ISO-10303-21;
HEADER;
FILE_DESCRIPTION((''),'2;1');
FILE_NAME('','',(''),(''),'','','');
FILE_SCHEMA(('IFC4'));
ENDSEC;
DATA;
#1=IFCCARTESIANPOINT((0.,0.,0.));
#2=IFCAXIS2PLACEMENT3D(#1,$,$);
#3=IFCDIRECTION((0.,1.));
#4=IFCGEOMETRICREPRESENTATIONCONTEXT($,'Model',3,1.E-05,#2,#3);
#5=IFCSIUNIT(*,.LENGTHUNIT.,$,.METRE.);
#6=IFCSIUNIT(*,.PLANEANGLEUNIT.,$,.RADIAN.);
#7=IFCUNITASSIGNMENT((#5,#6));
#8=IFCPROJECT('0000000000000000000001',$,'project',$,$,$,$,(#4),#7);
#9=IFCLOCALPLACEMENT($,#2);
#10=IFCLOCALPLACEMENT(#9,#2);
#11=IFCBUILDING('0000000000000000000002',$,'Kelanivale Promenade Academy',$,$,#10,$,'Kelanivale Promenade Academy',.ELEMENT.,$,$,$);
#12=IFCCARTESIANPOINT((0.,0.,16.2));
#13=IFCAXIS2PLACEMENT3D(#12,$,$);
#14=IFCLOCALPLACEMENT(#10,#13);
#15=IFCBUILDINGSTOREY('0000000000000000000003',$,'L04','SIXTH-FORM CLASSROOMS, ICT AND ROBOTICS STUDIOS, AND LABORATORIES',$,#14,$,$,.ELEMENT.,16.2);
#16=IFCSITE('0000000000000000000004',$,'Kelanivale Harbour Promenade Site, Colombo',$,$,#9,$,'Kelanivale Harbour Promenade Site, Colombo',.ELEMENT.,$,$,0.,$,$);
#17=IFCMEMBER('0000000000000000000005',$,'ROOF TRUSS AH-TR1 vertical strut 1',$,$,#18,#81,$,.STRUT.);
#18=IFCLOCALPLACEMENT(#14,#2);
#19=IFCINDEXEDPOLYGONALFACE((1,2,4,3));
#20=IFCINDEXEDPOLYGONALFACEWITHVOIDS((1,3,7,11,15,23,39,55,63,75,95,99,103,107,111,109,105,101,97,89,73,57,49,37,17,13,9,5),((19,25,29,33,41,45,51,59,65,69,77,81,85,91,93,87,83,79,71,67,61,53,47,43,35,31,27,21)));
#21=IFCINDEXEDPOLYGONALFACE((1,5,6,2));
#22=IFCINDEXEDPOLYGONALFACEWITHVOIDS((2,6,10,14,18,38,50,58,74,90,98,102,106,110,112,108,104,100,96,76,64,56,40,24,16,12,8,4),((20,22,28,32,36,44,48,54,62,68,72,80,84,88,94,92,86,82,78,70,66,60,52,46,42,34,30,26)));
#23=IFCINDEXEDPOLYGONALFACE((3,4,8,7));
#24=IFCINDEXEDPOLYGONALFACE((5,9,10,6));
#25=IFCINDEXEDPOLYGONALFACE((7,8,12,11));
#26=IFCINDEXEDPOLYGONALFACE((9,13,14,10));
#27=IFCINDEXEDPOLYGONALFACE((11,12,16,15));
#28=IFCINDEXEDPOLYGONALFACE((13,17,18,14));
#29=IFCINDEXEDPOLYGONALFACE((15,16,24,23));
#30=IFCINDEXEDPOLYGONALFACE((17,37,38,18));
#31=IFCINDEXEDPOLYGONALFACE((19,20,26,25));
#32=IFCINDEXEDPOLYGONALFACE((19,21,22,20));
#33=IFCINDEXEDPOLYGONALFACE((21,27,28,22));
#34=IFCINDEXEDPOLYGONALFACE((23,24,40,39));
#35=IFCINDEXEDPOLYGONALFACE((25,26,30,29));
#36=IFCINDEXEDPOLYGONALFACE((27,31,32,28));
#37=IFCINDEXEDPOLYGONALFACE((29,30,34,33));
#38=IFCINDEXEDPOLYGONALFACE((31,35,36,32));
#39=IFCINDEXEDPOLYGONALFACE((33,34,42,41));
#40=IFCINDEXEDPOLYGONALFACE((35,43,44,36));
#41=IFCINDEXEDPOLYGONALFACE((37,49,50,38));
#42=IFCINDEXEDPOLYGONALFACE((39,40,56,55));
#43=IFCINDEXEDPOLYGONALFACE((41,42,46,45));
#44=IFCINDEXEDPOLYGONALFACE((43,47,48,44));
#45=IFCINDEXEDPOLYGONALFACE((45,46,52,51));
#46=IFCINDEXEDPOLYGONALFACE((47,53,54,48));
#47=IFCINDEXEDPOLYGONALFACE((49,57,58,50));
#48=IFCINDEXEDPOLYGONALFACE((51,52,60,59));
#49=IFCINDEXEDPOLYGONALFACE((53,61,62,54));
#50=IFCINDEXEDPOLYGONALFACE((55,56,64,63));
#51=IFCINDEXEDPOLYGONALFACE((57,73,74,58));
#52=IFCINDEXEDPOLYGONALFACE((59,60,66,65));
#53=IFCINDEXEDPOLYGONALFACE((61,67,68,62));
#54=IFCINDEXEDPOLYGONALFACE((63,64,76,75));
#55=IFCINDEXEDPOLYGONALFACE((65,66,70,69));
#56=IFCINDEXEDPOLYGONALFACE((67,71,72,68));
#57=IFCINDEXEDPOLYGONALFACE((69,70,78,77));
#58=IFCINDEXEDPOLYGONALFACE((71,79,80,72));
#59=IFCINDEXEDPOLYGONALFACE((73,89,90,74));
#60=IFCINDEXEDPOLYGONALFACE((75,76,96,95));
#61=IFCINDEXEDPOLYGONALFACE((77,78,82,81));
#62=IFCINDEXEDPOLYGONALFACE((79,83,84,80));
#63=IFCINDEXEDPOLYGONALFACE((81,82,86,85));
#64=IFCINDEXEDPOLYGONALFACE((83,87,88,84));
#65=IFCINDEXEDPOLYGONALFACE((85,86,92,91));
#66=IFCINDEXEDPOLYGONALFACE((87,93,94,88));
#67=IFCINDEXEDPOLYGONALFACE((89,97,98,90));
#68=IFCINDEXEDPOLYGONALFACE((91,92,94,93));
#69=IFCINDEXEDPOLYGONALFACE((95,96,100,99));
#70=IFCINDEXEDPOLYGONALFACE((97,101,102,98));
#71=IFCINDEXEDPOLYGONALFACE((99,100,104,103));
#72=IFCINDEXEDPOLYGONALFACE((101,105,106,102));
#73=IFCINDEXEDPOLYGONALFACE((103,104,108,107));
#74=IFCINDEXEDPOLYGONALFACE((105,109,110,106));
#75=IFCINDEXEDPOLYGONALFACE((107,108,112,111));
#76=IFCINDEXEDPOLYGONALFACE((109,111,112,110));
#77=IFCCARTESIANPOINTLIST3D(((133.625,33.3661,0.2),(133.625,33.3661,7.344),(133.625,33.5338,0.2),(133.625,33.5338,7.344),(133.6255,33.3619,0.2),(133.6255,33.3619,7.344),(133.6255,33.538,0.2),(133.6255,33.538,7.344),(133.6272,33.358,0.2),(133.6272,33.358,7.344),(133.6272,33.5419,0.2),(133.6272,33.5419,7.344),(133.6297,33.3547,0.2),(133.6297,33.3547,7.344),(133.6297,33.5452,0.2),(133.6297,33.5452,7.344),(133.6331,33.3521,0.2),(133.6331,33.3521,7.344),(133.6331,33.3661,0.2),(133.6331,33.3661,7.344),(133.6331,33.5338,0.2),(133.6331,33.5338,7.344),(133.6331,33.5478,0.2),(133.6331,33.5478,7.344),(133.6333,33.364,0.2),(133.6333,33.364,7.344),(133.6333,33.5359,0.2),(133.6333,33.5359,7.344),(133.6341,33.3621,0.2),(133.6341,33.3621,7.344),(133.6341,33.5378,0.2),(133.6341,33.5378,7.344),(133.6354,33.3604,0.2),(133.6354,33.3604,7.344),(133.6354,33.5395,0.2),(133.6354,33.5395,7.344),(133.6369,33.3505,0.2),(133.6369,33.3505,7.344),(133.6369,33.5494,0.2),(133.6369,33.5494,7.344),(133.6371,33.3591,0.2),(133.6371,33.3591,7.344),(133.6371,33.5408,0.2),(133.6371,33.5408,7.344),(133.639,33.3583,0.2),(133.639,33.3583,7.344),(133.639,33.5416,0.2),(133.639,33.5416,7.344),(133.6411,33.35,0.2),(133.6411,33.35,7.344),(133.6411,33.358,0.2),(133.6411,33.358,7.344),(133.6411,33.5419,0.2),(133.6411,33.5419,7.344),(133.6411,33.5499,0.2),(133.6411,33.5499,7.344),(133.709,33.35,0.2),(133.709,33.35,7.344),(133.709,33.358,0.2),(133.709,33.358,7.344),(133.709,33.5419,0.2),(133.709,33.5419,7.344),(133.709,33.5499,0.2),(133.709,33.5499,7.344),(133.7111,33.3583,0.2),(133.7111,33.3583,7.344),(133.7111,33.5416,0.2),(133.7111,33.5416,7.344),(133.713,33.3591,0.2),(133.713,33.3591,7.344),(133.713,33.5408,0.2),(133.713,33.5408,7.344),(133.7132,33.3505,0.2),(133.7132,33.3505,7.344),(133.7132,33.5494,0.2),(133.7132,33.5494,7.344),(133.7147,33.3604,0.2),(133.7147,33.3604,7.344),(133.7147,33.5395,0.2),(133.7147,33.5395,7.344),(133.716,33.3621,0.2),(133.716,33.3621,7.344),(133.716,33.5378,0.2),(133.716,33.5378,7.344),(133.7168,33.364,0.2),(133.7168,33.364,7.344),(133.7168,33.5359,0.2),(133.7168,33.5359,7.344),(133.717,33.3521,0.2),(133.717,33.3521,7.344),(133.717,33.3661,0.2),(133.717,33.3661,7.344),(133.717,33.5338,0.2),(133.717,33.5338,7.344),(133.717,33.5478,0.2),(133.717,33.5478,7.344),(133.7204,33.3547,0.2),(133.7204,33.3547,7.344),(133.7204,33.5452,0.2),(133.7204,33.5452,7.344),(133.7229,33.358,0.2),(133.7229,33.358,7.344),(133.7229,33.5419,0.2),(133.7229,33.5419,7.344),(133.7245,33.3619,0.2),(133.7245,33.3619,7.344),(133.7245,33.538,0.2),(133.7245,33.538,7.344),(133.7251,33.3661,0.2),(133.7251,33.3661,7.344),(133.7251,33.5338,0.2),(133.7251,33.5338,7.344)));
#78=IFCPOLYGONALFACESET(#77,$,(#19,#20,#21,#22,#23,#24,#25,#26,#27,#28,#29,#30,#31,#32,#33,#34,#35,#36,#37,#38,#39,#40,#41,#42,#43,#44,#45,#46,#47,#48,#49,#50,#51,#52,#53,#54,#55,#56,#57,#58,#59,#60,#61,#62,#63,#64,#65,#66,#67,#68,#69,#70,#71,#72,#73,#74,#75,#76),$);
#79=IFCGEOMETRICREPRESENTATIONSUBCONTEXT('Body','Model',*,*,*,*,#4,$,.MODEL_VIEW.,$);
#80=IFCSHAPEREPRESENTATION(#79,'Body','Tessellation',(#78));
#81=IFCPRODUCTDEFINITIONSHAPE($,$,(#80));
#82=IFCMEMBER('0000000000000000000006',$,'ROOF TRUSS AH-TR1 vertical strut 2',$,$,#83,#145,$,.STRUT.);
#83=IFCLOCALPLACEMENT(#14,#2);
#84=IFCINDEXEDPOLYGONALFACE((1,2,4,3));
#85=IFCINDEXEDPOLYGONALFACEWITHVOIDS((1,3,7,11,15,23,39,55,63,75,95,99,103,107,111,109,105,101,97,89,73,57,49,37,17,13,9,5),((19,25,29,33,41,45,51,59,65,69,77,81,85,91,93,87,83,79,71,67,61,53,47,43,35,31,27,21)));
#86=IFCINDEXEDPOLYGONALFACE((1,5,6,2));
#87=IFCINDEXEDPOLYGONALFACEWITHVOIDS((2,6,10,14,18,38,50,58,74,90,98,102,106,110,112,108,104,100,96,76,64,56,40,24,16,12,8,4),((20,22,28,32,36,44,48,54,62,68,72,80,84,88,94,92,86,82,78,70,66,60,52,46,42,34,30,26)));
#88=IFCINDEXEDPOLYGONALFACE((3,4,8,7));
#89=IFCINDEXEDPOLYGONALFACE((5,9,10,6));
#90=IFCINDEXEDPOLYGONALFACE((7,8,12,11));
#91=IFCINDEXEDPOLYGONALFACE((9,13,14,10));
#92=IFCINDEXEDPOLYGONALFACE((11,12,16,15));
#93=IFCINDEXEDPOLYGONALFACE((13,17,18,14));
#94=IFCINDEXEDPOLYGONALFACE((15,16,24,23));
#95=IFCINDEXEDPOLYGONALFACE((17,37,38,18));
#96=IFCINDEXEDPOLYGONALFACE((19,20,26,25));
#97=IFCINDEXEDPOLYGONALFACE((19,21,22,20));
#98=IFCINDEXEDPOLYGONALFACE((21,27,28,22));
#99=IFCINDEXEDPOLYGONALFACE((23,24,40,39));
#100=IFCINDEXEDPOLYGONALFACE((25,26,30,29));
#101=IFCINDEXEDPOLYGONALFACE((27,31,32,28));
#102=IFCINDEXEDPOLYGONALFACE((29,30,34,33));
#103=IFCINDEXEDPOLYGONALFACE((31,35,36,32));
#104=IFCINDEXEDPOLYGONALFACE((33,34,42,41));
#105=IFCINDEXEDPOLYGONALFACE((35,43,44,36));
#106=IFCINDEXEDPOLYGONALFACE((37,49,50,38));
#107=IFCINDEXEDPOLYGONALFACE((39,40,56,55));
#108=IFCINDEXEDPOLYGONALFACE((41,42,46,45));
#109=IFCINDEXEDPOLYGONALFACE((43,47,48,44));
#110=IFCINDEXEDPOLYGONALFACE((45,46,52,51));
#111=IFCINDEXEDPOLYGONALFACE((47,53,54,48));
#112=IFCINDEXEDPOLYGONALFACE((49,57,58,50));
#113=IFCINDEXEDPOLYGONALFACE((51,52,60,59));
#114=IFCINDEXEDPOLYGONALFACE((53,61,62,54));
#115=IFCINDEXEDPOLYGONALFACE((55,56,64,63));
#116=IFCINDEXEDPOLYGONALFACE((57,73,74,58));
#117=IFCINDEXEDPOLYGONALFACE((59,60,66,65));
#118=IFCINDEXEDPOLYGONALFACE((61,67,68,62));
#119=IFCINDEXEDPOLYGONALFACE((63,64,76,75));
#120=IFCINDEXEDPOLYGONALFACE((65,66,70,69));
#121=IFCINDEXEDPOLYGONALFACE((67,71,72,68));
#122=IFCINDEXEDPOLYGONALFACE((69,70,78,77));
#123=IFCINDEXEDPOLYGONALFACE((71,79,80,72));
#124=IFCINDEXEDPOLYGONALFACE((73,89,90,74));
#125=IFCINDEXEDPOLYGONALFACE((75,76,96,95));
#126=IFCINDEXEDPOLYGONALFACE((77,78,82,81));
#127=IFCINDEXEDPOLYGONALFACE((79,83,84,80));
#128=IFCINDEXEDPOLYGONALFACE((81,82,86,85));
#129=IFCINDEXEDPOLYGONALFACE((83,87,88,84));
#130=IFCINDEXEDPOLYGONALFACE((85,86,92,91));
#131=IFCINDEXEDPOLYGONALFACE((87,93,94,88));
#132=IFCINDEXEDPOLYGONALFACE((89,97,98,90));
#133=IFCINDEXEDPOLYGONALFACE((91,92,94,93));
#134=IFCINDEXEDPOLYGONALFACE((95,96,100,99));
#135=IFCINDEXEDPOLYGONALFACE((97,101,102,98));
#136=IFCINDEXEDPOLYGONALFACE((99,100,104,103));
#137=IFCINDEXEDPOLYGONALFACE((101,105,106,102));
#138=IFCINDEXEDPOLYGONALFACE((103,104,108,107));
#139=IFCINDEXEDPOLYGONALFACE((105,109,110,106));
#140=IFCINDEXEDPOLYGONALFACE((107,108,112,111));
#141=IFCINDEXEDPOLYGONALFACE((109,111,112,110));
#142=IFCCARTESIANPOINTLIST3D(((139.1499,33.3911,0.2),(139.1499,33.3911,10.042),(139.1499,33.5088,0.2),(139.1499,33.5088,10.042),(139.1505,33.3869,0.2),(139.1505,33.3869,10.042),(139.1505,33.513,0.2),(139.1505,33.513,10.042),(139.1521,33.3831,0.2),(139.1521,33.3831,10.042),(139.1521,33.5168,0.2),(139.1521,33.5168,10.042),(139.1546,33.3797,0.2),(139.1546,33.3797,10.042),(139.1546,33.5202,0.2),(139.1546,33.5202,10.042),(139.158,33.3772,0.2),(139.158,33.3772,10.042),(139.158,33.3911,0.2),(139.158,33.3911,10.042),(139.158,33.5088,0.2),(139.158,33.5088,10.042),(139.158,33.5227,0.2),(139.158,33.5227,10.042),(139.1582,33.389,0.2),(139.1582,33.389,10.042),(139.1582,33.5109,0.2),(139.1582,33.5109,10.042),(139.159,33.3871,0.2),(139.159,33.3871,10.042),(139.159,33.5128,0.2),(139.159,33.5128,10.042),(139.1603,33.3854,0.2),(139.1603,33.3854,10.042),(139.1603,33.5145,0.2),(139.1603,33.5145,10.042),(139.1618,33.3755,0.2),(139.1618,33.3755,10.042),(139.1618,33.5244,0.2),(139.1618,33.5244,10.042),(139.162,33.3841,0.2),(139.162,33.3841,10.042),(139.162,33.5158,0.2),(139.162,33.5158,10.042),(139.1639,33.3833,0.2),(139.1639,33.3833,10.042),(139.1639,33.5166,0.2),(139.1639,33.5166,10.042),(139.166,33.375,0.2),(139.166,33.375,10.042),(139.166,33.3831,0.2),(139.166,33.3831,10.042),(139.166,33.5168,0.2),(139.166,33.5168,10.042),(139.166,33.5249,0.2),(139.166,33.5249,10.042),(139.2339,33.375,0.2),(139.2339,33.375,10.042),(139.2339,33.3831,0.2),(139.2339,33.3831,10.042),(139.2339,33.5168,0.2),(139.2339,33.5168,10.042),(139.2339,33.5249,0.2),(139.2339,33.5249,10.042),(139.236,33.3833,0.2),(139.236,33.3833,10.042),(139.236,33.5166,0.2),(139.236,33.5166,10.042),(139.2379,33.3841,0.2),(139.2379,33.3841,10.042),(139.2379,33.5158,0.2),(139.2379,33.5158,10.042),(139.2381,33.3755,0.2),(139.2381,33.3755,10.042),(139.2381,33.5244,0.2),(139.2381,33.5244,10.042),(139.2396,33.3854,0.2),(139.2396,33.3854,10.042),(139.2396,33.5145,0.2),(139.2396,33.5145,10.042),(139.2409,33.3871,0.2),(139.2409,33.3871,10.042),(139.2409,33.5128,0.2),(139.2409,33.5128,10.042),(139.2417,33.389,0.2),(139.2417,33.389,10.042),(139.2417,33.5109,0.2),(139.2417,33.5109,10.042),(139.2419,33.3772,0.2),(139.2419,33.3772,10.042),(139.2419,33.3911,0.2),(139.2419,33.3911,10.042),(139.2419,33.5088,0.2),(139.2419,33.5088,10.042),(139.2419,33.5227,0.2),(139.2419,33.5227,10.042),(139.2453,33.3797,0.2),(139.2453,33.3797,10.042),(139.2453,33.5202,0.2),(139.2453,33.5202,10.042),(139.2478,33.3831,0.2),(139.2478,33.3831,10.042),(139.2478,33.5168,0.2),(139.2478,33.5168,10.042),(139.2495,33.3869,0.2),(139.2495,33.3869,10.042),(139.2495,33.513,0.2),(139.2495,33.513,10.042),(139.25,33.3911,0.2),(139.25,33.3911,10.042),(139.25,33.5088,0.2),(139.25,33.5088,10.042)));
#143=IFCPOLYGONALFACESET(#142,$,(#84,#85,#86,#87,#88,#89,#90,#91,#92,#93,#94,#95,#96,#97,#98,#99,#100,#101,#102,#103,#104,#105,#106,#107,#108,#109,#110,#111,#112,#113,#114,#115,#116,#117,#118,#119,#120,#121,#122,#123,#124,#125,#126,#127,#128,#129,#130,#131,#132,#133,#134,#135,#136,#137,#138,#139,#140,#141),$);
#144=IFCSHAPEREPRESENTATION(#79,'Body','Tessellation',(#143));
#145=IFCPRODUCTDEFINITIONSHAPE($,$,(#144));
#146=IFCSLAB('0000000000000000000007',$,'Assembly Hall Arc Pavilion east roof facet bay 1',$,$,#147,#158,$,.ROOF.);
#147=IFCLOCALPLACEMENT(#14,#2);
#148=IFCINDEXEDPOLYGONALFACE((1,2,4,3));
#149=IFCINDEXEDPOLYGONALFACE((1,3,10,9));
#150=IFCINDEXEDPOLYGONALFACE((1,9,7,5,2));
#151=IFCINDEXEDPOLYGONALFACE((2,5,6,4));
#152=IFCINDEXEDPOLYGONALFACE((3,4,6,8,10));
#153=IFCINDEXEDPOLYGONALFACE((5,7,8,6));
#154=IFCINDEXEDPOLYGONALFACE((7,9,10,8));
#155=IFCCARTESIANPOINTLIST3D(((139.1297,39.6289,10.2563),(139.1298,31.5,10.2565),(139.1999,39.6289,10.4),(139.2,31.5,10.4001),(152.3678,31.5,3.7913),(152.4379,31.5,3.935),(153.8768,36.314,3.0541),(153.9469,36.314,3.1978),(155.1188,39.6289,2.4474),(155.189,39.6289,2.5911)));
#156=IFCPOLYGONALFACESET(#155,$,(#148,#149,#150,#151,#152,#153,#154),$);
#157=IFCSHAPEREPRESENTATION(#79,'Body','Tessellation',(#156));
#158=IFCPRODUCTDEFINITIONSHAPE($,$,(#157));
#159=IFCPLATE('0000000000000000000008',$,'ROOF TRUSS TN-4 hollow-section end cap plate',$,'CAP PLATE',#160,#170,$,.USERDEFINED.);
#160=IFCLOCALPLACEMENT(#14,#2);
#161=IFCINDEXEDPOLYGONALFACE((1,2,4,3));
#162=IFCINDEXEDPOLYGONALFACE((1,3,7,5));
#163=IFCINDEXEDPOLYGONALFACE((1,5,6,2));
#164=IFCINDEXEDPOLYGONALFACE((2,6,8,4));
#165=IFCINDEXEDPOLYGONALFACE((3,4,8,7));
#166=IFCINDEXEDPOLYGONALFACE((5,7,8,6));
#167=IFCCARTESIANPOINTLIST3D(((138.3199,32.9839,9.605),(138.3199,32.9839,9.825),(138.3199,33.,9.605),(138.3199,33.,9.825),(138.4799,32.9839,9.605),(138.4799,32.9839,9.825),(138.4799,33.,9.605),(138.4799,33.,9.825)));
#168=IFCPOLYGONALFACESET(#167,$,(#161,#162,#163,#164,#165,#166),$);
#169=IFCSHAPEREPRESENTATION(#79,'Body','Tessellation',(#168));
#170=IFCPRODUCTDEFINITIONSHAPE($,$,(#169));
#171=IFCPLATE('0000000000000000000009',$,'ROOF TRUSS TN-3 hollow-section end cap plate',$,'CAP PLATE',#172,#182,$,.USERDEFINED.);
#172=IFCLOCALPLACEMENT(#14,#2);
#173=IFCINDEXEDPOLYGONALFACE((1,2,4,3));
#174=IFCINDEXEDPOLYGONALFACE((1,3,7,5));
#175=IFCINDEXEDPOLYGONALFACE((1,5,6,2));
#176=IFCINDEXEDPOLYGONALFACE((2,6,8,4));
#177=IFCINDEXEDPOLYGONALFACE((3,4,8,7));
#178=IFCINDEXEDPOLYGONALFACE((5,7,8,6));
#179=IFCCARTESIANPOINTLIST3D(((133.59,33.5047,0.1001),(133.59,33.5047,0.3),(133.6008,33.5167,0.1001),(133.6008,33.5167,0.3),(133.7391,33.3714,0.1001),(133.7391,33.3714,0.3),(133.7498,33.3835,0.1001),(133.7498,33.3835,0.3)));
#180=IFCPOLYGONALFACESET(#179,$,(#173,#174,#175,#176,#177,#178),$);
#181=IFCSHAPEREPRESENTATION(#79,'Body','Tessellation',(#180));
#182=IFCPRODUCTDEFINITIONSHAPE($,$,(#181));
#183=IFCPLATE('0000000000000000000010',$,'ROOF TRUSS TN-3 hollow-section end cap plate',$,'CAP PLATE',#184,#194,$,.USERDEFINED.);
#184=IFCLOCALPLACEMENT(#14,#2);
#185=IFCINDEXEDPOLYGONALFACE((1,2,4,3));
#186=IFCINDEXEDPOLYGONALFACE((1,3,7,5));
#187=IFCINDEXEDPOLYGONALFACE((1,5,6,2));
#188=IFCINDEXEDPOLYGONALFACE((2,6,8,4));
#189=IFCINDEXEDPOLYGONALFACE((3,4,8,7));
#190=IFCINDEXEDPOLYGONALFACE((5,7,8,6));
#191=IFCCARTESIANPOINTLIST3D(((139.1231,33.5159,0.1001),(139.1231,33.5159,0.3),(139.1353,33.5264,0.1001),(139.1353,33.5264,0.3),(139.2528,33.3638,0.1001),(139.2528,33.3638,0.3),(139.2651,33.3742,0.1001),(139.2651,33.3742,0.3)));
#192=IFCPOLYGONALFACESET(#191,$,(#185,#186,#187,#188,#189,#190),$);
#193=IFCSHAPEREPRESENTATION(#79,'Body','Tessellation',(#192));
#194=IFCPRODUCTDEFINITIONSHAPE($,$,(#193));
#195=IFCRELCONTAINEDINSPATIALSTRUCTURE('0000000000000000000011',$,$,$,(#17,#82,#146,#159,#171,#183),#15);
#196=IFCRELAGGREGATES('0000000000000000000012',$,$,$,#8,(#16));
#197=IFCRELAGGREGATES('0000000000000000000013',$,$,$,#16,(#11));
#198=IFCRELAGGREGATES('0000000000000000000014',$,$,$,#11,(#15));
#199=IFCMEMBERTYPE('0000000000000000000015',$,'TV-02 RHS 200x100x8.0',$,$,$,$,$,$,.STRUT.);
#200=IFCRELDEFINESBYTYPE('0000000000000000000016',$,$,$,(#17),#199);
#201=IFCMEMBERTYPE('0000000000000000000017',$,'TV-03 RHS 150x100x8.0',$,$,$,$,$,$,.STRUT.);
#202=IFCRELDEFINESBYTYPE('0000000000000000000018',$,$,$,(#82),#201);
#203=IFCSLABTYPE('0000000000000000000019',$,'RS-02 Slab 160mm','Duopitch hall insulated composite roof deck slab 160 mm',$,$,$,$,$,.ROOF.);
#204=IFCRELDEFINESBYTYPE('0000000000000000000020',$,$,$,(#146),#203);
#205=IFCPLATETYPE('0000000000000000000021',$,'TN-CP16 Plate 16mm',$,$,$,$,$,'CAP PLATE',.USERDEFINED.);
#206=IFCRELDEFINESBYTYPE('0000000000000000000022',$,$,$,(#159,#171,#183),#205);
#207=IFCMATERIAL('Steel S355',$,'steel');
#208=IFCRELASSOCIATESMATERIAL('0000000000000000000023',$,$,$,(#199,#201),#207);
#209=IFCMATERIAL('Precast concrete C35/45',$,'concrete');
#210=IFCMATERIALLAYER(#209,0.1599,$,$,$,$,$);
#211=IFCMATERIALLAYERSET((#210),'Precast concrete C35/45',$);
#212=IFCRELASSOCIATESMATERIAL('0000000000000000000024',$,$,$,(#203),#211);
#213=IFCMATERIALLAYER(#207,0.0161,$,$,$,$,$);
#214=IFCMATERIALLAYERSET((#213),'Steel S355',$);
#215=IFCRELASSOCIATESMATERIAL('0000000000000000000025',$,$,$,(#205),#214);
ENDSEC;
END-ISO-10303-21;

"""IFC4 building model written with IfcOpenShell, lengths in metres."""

from ifc_helpers import new_model, si_unit, direction, frame, origin, origin_2d, place, context, subcontext, project, spatial, polyline, rectangle, hollow_rectangle, outline, extrude, material, layer, layer_set, material_profile, profile_set, type_object, element, save


model = new_model("IFC4")

# Units and contexts
model_context = context("Model", 3, precision=1e-05, world=origin(), true_north=direction((0.0, 1.0)))
body_context = subcontext(model_context, "Body", "Model", "MODEL_VIEW")
ifc_project = project(units=[si_unit("LENGTHUNIT", "METRE"), si_unit("PLANEANGLEUNIT", "RADIAN")], contexts=[model_context])

# Site, building, storey
site_placement = place(None, origin())
site = spatial("IfcSite", under=ifc_project, at=site_placement, Name="Kelanivale Harbour Promenade Site, Colombo", LongName="Kelanivale Harbour Promenade Site, Colombo", CompositionType="ELEMENT", RefElevation=0.0)
building_placement = place(site_placement, origin())
building = spatial("IfcBuilding", under=site, at=building_placement, Name="Kelanivale Promenade Academy", LongName="Kelanivale Promenade Academy", CompositionType="ELEMENT")
storey_placement = place(building_placement, frame((0.0, 0.0, 16.2)))
storey = spatial("IfcBuildingStorey", under=building, at=storey_placement, Name="L04", Description="SIXTH-FORM CLASSROOMS, ICT AND ROBOTICS STUDIOS, AND LABORATORIES", CompositionType="ELEMENT", Elevation=16.2)

# Members
ifc_material_1 = material(Name="Steel S355", Category="steel")
ifc_material_profile_1 = material_profile(ifc_material_1, hollow_rectangle(XDim=0.1001, YDim=0.2, WallThickness=0.0081, InnerFilletRadius=0.0081, OuterFilletRadius=0.0161, at=origin_2d()), Name="RHS 200x100x8.0")
ifc_profile_set_1 = profile_set([ifc_material_profile_1], Name="Steel S355")
member_type_1 = type_object("IfcMemberType", Name="TV-02 RHS 200x100x8.0", PredefinedType="STRUT", material=ifc_profile_set_1)
member_1_placement = place(storey_placement, frame((133.675, 33.45, 0.2), z_axis=(0.0, 0.0, 1.0), x_axis=(1.0, 0.0, 0.0)))
element("IfcMember", 1, at=member_1_placement, inside=storey, type_object=member_type_1, Name="ROOF TRUSS AH-TR1 vertical strut 1", PredefinedType="STRUT", context=body_context, shape_type="SweptSolid", body=[
    extrude(hollow_rectangle(XDim=0.1001, YDim=0.2, WallThickness=0.0081, InnerFilletRadius=0.0081, OuterFilletRadius=0.0161, at=origin_2d()), origin(), (0.0, 0.0, 1.0), 7.144),
])
ifc_material_profile_2 = material_profile(ifc_material_1, hollow_rectangle(XDim=0.1001, YDim=0.1499, WallThickness=0.0081, InnerFilletRadius=0.0081, OuterFilletRadius=0.0161, at=origin_2d()), Name="RHS 150x100x8.0")
ifc_profile_set_2 = profile_set([ifc_material_profile_2], Name="Steel S355")
member_type_2 = type_object("IfcMemberType", Name="TV-03 RHS 150x100x8.0", PredefinedType="STRUT", material=ifc_profile_set_2)
member_2_placement = place(storey_placement, frame((139.2, 33.45, 0.2), z_axis=(0.0, 0.0, 1.0), x_axis=(1.0, 0.0, 0.0)))
element("IfcMember", 2, at=member_2_placement, inside=storey, type_object=member_type_2, Name="ROOF TRUSS AH-TR1 vertical strut 2", PredefinedType="STRUT", context=body_context, shape_type="SweptSolid", body=[
    extrude(hollow_rectangle(XDim=0.1001, YDim=0.1499, WallThickness=0.0081, InnerFilletRadius=0.0081, OuterFilletRadius=0.0161, at=origin_2d()), origin(), (0.0, 0.0, 1.0), 9.842),
])

# Slab
ifc_material_2 = material(Name="Precast concrete C35/45", Category="concrete")
ifc_layer_1 = layer(ifc_material_2, 0.1599)
ifc_layer_set_1 = layer_set([ifc_layer_1], Name="Precast concrete C35/45")
slab_type = type_object("IfcSlabType", Name="RS-02 Slab 160mm", Description="Duopitch hall insulated composite roof deck slab 160 mm", PredefinedType="ROOF", material=ifc_layer_set_1)
slab_placement = place(storey_placement, frame((139.2, 31.5, 10.4001), z_axis=(0.438843, 0.000027, 0.898564), x_axis=(0.898564, 0.0, -0.438843)))
element("IfcSlab", 3, at=slab_placement, inside=storey, type_object=slab_type, Name="Assembly Hall Arc Pavilion east roof facet bay 1", PredefinedType="ROOF", context=body_context, shape_type="SweptSolid", body=[
    extrude(outline(polyline([(0.0, 0.0), (14.7324, 0.0), (16.4118, 4.814), (17.7941, 8.1289), (0.0, 8.1289), (0.0, 0.0)])), origin(), (0.0, 0.0, -1.0), 0.1599),
])

# Plates
ifc_layer_2 = layer(ifc_material_1, 0.0161)
ifc_layer_set_2 = layer_set([ifc_layer_2], Name="Steel S355")
plate_type_1 = type_object("IfcPlateType", Name="TN-CP16 Plate 16mm", ElementType="CAP PLATE", PredefinedType="USERDEFINED", material=ifc_layer_set_2)
plate_1_placement = place(storey_placement, frame((138.3999, 32.9919, 9.605), z_axis=(0.0, 0.0, 1.0), x_axis=(0.0, -1.0, 0.0)))
element("IfcPlate", 4, at=plate_1_placement, inside=storey, type_object=plate_type_1, Name="ROOF TRUSS TN-4 hollow-section end cap plate", ObjectType="CAP PLATE", PredefinedType="USERDEFINED", context=body_context, shape_type="SweptSolid", body=[
    extrude(rectangle(XDim=0.0161, YDim=0.1599, at=origin_2d()), origin(), (0.0, 0.0, 1.0), 0.22),
])
for number, where, z_axis, x_axis, name in (
    (5, (133.6699, 33.4441, 0.1001), (0.0, 0.0, 1.0), (-0.666532, -0.745476, 0.0), "ROOF TRUSS TN-3 hollow-section end cap plate"),
    (6, (139.1941, 33.4451, 0.1001), (0.0, 0.0, 1.0), (-0.760859, -0.648917, 0.0), "ROOF TRUSS TN-3 hollow-section end cap plate"),
):
    element("IfcPlate", number, at=place(storey_placement, frame(where, z_axis=z_axis, x_axis=x_axis)), inside=storey, type_object=plate_type_1, Name=name, ObjectType="CAP PLATE", PredefinedType="USERDEFINED", context=body_context, shape_type="SweptSolid", body=[
        extrude(rectangle(XDim=0.0161, YDim=0.2, at=origin_2d()), origin(), (0.0, 0.0, 1.0), 0.2),
    ])

save(model, "model.ifc")
